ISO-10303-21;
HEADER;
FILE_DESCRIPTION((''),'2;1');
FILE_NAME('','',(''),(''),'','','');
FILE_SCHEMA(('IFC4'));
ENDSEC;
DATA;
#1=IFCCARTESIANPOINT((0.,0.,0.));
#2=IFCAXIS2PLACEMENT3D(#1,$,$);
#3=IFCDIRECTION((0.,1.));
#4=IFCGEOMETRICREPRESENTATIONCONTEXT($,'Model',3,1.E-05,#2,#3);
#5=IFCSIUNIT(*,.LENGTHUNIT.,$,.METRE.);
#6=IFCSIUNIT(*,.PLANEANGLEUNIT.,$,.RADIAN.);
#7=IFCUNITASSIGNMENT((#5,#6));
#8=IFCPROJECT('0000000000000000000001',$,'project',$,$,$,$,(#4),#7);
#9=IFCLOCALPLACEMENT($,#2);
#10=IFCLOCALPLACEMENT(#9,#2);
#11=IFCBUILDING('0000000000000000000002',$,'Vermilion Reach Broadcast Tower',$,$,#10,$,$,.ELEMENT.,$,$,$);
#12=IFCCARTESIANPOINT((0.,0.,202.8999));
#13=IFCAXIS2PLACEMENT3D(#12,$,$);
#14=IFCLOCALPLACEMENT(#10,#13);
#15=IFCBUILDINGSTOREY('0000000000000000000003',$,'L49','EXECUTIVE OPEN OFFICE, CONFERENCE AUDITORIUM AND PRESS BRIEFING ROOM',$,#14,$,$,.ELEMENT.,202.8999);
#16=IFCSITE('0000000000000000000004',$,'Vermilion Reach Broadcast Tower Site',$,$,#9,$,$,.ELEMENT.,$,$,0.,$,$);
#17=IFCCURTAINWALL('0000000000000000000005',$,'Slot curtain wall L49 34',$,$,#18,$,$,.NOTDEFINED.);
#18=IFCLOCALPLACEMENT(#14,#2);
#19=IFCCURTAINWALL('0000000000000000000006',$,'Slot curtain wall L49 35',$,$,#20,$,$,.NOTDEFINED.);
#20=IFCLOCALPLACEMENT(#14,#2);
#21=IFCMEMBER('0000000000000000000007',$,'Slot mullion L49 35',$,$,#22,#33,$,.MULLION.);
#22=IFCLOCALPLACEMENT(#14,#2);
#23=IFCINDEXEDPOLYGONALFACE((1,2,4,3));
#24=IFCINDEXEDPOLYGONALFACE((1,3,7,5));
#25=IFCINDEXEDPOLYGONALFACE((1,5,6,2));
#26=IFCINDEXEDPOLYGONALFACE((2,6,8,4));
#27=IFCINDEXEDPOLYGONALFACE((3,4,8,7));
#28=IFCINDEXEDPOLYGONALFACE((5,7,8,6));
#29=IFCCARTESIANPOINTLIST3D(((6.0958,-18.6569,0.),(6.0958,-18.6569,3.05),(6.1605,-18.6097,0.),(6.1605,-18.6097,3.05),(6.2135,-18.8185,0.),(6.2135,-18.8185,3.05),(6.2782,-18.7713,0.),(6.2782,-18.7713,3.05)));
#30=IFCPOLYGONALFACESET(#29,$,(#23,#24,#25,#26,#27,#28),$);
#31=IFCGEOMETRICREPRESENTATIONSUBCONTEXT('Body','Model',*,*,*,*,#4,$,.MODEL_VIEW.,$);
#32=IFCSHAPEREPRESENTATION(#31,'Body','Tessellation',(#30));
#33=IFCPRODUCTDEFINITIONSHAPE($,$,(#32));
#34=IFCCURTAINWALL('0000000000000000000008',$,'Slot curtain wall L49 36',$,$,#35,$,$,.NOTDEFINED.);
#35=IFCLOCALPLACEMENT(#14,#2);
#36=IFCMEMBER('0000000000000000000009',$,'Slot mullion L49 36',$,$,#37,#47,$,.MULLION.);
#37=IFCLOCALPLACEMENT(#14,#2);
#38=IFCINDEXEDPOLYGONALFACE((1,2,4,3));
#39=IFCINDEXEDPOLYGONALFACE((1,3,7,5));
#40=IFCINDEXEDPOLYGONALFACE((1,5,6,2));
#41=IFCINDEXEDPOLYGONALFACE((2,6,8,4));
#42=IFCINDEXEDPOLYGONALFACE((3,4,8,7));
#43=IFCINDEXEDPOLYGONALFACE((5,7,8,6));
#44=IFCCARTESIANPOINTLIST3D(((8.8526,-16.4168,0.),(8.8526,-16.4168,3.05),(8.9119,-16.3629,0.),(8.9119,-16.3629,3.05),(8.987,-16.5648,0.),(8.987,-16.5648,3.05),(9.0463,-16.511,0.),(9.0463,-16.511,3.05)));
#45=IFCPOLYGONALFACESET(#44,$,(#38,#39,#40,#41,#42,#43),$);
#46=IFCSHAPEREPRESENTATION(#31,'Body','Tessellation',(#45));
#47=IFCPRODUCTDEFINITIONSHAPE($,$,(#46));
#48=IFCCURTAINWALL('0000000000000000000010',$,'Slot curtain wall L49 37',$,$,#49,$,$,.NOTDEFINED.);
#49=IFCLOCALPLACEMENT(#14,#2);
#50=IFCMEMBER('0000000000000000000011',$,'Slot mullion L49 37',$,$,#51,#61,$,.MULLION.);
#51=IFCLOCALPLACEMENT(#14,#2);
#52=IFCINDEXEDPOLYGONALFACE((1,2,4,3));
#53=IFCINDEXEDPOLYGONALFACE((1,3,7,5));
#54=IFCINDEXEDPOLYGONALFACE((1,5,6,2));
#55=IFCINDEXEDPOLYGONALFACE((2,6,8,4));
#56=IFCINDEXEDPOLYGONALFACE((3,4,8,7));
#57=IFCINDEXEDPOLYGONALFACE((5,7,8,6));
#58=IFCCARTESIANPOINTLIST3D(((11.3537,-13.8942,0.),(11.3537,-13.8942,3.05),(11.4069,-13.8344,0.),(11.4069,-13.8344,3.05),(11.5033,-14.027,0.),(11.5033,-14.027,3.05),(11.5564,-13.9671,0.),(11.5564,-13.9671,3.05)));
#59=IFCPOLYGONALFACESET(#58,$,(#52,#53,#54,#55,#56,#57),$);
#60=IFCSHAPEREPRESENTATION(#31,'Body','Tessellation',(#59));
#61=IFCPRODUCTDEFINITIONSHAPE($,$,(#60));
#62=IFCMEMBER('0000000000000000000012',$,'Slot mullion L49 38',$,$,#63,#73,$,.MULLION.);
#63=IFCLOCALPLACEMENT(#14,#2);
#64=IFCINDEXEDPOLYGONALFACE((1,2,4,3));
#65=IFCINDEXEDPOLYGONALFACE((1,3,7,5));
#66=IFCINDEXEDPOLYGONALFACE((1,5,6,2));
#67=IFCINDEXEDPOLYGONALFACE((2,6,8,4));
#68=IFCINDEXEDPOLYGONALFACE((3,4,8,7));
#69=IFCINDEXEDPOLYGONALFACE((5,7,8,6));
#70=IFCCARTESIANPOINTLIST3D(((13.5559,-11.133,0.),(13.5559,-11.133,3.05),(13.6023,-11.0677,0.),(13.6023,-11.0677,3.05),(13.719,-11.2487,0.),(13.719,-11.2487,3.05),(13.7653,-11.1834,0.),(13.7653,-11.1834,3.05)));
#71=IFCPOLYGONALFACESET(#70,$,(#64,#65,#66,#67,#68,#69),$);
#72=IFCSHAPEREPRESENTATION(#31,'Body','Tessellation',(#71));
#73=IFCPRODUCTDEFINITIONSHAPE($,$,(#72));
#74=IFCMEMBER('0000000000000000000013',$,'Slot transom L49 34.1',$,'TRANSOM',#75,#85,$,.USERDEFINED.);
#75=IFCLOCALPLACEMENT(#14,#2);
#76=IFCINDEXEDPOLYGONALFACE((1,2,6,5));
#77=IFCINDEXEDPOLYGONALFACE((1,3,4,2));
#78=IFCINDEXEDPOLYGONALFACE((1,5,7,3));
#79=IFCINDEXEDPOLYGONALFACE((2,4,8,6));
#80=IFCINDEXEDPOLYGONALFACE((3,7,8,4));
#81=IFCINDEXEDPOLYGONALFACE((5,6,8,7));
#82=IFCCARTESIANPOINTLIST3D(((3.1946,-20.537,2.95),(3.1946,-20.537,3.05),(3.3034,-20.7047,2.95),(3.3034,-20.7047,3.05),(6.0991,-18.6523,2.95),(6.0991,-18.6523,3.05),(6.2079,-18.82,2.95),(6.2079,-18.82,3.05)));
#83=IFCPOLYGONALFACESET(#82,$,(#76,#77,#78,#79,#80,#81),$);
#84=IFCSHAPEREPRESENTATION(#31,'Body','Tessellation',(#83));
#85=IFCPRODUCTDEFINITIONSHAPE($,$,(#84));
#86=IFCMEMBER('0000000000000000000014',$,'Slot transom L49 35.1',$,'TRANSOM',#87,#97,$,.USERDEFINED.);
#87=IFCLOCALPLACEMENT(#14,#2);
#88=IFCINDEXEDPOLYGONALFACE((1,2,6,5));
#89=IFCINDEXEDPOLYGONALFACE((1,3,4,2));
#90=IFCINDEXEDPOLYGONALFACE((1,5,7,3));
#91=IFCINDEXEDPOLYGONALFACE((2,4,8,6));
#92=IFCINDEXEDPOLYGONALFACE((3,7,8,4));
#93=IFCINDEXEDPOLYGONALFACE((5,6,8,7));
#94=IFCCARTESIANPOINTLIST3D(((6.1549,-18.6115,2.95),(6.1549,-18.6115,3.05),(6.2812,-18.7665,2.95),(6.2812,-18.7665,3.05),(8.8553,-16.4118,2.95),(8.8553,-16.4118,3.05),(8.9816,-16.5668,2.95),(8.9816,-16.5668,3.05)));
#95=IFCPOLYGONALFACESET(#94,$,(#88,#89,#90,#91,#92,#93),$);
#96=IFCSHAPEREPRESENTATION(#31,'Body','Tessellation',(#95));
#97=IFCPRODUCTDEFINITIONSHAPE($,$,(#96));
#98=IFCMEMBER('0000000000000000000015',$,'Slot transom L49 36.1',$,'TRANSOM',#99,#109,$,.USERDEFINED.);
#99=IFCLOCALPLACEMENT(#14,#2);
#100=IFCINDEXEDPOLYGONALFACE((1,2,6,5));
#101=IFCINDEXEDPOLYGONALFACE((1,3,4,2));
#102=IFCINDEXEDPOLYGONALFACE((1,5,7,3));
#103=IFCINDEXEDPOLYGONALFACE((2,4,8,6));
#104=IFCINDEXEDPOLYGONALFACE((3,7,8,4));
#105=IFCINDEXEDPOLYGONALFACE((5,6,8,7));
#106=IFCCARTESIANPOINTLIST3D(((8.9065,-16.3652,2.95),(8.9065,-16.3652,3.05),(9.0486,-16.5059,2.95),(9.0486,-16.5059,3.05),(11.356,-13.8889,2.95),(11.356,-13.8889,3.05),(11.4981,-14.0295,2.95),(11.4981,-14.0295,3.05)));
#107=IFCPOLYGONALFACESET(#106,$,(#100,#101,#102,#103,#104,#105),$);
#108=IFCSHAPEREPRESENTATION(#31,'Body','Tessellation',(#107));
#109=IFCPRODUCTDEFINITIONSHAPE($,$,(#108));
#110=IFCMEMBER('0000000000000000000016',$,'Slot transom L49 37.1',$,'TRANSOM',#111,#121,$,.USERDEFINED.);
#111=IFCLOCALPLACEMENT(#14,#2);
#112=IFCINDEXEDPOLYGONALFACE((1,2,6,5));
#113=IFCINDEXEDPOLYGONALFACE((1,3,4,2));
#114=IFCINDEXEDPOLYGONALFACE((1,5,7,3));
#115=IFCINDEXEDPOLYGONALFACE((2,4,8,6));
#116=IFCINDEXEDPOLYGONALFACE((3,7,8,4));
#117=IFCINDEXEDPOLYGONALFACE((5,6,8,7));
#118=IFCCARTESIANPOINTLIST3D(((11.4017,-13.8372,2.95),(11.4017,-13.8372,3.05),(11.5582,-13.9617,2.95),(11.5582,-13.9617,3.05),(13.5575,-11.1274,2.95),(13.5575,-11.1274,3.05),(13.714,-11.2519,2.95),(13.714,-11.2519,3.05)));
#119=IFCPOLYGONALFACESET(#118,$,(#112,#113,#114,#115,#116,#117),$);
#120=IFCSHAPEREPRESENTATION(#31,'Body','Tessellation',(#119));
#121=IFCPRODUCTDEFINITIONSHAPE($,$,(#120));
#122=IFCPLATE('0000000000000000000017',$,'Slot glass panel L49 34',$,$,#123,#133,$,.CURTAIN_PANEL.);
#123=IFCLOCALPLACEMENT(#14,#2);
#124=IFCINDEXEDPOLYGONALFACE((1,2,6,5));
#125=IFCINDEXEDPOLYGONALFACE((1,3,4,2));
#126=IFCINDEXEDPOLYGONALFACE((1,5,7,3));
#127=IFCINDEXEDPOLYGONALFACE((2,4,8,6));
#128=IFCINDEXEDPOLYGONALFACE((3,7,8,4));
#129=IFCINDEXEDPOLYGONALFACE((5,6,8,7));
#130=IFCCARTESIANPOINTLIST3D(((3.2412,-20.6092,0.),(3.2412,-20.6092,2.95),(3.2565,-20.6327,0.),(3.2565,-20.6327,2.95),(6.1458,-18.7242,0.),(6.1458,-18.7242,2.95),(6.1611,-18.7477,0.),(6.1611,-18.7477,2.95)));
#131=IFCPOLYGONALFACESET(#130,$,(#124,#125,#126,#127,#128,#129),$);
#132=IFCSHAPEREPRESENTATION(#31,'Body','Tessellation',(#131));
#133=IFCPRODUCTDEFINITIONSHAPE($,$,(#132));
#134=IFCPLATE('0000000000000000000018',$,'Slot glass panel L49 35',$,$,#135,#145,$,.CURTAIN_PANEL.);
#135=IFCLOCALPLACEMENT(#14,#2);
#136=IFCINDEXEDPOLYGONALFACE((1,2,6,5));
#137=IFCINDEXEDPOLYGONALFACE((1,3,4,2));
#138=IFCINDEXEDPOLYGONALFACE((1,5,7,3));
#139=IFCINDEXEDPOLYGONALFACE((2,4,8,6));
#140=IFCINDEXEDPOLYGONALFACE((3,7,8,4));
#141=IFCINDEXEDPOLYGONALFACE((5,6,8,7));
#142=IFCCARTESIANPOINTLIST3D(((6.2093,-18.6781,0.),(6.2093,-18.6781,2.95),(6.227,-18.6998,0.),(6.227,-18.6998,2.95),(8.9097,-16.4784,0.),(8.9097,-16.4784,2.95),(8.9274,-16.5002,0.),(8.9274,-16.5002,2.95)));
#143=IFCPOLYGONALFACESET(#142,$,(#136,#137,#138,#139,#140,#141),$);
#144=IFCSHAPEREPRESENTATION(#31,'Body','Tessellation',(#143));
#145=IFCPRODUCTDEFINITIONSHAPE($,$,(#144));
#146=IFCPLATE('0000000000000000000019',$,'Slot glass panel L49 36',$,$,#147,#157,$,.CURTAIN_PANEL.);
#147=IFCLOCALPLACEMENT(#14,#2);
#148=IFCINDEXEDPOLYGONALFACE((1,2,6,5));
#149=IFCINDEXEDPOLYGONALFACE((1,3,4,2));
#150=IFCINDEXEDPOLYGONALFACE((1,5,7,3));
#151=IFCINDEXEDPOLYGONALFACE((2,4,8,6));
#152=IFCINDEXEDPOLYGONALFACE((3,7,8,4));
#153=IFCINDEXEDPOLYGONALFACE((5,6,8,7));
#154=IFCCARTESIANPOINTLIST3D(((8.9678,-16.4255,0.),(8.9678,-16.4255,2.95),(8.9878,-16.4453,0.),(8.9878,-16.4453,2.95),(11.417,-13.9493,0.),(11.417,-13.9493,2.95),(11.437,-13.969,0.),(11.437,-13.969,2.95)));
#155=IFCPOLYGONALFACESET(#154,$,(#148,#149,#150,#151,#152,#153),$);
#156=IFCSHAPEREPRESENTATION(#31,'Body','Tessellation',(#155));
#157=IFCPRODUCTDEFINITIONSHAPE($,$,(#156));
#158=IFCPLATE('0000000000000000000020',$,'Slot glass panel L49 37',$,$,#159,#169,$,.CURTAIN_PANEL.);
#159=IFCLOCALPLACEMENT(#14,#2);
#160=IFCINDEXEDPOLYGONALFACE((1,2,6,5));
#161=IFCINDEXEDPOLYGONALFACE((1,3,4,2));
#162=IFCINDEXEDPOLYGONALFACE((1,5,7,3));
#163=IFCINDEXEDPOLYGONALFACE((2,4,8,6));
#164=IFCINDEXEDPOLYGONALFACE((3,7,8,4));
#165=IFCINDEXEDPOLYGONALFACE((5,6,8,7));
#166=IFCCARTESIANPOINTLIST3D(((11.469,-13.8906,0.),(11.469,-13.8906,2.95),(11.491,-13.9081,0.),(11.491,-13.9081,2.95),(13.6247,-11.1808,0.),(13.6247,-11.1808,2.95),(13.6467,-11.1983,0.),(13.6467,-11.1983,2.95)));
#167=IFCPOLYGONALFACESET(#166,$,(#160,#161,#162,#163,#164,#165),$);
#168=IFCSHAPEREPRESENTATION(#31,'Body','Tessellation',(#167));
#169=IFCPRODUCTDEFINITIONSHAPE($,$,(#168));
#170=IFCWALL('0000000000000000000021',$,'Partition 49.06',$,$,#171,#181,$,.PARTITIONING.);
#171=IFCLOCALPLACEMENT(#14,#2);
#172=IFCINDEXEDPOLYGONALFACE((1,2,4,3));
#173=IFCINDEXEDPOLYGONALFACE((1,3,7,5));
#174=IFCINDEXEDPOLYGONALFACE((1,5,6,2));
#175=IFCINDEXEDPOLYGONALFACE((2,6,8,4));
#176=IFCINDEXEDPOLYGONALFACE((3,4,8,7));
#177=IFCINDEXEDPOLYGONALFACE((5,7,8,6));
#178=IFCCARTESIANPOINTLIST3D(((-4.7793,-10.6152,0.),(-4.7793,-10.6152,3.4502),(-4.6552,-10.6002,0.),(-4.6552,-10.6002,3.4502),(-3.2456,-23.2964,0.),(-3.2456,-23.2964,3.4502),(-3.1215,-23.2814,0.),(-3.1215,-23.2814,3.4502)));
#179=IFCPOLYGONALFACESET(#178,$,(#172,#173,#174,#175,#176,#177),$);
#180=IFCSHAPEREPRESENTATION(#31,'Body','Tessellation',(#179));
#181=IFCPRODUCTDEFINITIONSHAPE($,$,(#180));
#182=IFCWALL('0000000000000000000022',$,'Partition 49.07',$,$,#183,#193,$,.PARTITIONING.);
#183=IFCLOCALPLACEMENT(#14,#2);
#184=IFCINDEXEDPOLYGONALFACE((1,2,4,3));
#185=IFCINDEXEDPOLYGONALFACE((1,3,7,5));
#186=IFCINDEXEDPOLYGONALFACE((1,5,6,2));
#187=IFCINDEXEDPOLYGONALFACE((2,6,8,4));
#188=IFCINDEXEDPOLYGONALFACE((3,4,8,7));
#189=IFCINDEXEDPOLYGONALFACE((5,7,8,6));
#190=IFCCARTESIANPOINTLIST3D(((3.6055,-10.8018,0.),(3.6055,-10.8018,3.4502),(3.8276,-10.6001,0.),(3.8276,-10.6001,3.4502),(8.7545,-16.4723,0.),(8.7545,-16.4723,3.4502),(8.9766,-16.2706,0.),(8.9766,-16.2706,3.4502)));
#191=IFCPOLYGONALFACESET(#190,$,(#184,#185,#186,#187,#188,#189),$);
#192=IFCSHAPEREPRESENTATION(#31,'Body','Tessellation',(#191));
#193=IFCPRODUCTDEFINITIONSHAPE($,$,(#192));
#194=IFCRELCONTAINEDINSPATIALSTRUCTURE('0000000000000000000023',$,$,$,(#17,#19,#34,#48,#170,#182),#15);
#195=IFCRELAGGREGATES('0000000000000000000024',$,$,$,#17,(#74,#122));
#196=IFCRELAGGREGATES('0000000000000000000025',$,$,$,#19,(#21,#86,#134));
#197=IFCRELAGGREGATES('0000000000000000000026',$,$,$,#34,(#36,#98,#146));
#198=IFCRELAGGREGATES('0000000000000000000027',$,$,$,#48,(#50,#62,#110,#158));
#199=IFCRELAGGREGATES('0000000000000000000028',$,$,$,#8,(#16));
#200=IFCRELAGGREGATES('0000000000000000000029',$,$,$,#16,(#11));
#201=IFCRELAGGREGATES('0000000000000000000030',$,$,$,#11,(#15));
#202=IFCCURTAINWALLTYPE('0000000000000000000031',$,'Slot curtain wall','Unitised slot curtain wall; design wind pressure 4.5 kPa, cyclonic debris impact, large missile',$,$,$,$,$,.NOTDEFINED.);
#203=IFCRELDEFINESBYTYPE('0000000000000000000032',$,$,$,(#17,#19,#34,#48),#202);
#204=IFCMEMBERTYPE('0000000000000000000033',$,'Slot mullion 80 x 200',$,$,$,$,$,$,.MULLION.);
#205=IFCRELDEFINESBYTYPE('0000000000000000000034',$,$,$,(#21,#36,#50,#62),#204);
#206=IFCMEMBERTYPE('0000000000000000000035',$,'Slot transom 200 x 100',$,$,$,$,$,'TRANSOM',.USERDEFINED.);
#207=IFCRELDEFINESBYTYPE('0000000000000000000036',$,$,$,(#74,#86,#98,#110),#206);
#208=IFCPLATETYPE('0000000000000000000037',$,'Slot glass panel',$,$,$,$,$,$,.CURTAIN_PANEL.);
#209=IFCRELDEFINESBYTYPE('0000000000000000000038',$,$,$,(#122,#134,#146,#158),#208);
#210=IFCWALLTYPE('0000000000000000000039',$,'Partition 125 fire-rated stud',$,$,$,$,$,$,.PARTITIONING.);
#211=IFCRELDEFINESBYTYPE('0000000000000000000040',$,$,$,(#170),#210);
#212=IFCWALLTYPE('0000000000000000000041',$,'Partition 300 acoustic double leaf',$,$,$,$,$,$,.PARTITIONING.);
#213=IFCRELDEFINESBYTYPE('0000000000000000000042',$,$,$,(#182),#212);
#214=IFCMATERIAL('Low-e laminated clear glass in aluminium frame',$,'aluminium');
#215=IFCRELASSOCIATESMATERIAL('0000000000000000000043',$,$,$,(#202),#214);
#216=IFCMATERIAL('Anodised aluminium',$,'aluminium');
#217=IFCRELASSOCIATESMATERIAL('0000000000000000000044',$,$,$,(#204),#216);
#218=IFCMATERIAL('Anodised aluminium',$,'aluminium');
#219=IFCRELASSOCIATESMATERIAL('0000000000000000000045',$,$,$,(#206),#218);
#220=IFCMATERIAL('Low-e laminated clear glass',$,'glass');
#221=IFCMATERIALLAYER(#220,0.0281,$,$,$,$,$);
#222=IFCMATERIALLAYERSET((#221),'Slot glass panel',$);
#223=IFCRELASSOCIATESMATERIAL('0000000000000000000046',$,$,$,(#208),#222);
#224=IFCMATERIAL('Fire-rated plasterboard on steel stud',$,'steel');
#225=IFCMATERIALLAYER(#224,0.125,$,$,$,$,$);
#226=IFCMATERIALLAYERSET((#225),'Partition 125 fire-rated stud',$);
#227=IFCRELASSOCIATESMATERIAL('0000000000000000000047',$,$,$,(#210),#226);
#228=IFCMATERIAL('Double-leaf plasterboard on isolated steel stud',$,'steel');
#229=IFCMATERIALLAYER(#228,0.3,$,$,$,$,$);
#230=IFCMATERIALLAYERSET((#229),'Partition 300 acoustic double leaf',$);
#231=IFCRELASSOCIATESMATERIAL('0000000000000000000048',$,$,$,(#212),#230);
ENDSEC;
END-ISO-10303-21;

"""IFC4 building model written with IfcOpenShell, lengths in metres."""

from ifc_helpers import new_model, si_unit, direction, frame, frame_2d, origin, origin_2d, place, context, subcontext, project, spatial, rectangle, extrude, material, layer, layer_set, material_profile, profile_set, type_object, element, aggregate, save


model = new_model("IFC4")

# Units and contexts
model_context = context("Model", 3, precision=1e-05, world=origin(), true_north=direction((0.0, 1.0)))
body_context = subcontext(model_context, "Body", "Model", "MODEL_VIEW")
ifc_project = project(units=[si_unit("LENGTHUNIT", "METRE"), si_unit("PLANEANGLEUNIT", "RADIAN")], contexts=[model_context])

# Site, building, storey
site_placement = place(None, origin())
site = spatial("IfcSite", under=ifc_project, at=site_placement, Name="Vermilion Reach Broadcast Tower Site", CompositionType="ELEMENT", RefElevation=0.0)
building_placement = place(site_placement, origin())
building = spatial("IfcBuilding", under=site, at=building_placement, Name="Vermilion Reach Broadcast Tower", CompositionType="ELEMENT")
storey_placement = place(building_placement, frame((0.0, 0.0, 202.8999)))
storey = spatial("IfcBuildingStorey", under=building, at=storey_placement, Name="L49", Description="EXECUTIVE OPEN OFFICE, CONFERENCE AUDITORIUM AND PRESS BRIEFING ROOM", CompositionType="ELEMENT", Elevation=202.8999)

# Curtain walls, members
ifc_material_1 = material(Name="Low-e laminated clear glass in aluminium frame", Category="aluminium")
curtain_wall_type = type_object("IfcCurtainWallType", Name="Slot curtain wall", Description="Unitised slot curtain wall; design wind pressure 4.5 kPa, cyclonic debris impact, large missile", PredefinedType="NOTDEFINED", material=ifc_material_1)
placement = place(storey_placement, origin())
curtain_wall_1 = element("IfcCurtainWall", 1, at=placement, inside=storey, type_object=curtain_wall_type, Name="Slot curtain wall L49 34", PredefinedType="NOTDEFINED")
ifc_material_2 = material(Name="Anodised aluminium", Category="aluminium")
ifc_material_profile_1 = material_profile(ifc_material_2, rectangle(XDim=0.2, YDim=0.0801, at=origin_2d()), Name="Slot mullion 80 x 200")
ifc_profile_set_1 = profile_set([ifc_material_profile_1], Name="Anodised aluminium")
member_type_1 = type_object("IfcMemberType", Name="Slot mullion 80 x 200", PredefinedType="MULLION", material=ifc_profile_set_1)
curtain_wall_2 = element("IfcCurtainWall", 2, at=placement, inside=storey, type_object=curtain_wall_type, Name="Slot curtain wall L49 35", PredefinedType="NOTDEFINED")
member_1_placement = place(storey_placement, frame((6.187, -18.7141, 0.0), z_axis=(0.0, 0.0, 1.0), x_axis=(-0.588831, 0.808256, 0.0)))
member_1 = element("IfcMember", 3, at=member_1_placement, type_object=member_type_1, Name="Slot mullion L49 35", PredefinedType="MULLION", context=body_context, shape_type="SweptSolid", body=[
    extrude(rectangle(XDim=0.2, YDim=0.0801, at=origin_2d()), origin(), (0.0, 0.0, 1.0), 3.05),
])
curtain_wall_3 = element("IfcCurtainWall", 4, at=placement, inside=storey, type_object=curtain_wall_type, Name="Slot curtain wall L49 36", PredefinedType="NOTDEFINED")
member_2_placement = place(storey_placement, frame((8.9495, -16.4639, 0.0), z_axis=(0.0, 0.0, 1.0), x_axis=(-0.672238, 0.740336, 0.0)))
member_2 = element("IfcMember", 5, at=member_2_placement, type_object=member_type_1, Name="Slot mullion L49 36", PredefinedType="MULLION", context=body_context, shape_type="SweptSolid", body=[
    extrude(rectangle(XDim=0.2, YDim=0.0801, at=origin_2d()), origin(), (0.0, 0.0, 1.0), 3.05),
])

# Curtain wall, members
curtain_wall_4 = element("IfcCurtainWall", 6, at=placement, inside=storey, type_object=curtain_wall_type, Name="Slot curtain wall L49 37", PredefinedType="NOTDEFINED")
member_3_placement = place(storey_placement, frame((11.4551, -13.9307, 0.0), z_axis=(0.0, 0.0, 1.0), x_axis=(-0.747867, 0.663849, 0.0)))
member_3 = element("IfcMember", 7, at=member_3_placement, type_object=member_type_1, Name="Slot mullion L49 37", PredefinedType="MULLION", context=body_context, shape_type="SweptSolid", body=[
    extrude(rectangle(XDim=0.2, YDim=0.0801, at=origin_2d()), origin(), (0.0, 0.0, 1.0), 3.05),
])
member_4_placement = place(storey_placement, frame((13.6606, -11.1582, 0.0), z_axis=(0.0, 0.0, 1.0), x_axis=(-0.815542, 0.578698, 0.0)))
member_4 = element("IfcMember", 8, at=member_4_placement, type_object=member_type_1, Name="Slot mullion L49 38", PredefinedType="MULLION", context=body_context, shape_type="SweptSolid", body=[
    extrude(rectangle(XDim=0.2, YDim=0.0801, at=origin_2d()), origin(), (0.0, 0.0, 1.0), 3.05),
])

# Members
ifc_material_3 = material(Name="Anodised aluminium", Category="aluminium")
ifc_material_profile_2 = material_profile(ifc_material_3, rectangle(XDim=0.2, YDim=0.1001, at=origin_2d()), Name="Slot transom 200 x 100")
ifc_profile_set_2 = profile_set([ifc_material_profile_2], Name="Anodised aluminium")
member_type_2 = type_object("IfcMemberType", Name="Slot transom 200 x 100", ElementType="TRANSOM", PredefinedType="USERDEFINED", material=ifc_profile_set_2)
member_5_placement = place(storey_placement, frame((3.249, -20.6208, 3.0), z_axis=(0.838864, 0.544341, 0.0), x_axis=(-0.544341, 0.838864, 0.0)))
member_5 = element("IfcMember", 9, at=member_5_placement, type_object=member_type_2, Name="Slot transom L49 34.1", ObjectType="TRANSOM", PredefinedType="USERDEFINED", context=body_context, shape_type="SweptSolid", body=[
    extrude(rectangle(XDim=0.2, YDim=0.1001, at=origin_2d()), origin(), (0.0, 0.0, 1.0), 3.4624),
])
member_6_placement = place(storey_placement, frame((6.218, -18.689, 3.0), z_axis=(0.775327, 0.631561, 0.0), x_axis=(-0.631561, 0.775327, 0.0)))
member_6 = element("IfcMember", 10, at=member_6_placement, type_object=member_type_2, Name="Slot transom L49 35.1", ObjectType="TRANSOM", PredefinedType="USERDEFINED", context=body_context, shape_type="SweptSolid", body=[
    extrude(rectangle(XDim=0.2, YDim=0.1001, at=origin_2d()), origin(), (0.0, 0.0, 1.0), 3.4829),
])
member_7_placement = place(storey_placement, frame((8.9775, -16.4355, 3.0), z_axis=(0.703241, 0.710951, 0.0), x_axis=(-0.710951, 0.703241, 0.0)))
member_7 = element("IfcMember", 11, at=member_7_placement, type_object=member_type_2, Name="Slot transom L49 36.1", ObjectType="TRANSOM", PredefinedType="USERDEFINED", context=body_context, shape_type="SweptSolid", body=[
    extrude(rectangle(XDim=0.2, YDim=0.1001, at=origin_2d()), origin(), (0.0, 0.0, 1.0), 3.4832),
])
member_8_placement = place(storey_placement, frame((11.48, -13.8994, 3.0), z_axis=(0.622578, 0.782558, 0.0), x_axis=(-0.782558, 0.622578, 0.0)))
member_8 = element("IfcMember", 12, at=member_8_placement, type_object=member_type_2, Name="Slot transom L49 37.1", ObjectType="TRANSOM", PredefinedType="USERDEFINED", context=body_context, shape_type="SweptSolid", body=[
    extrude(rectangle(XDim=0.2, YDim=0.1001, at=origin_2d()), origin(), (0.0, 0.0, 1.0), 3.4626),
])

# Plates
ifc_material_4 = material(Name="Low-e laminated clear glass", Category="glass")
ifc_layer_1 = layer(ifc_material_4, 0.0281)
ifc_layer_set_1 = layer_set([ifc_layer_1], Name="Slot glass panel")
plate_type = type_object("IfcPlateType", Name="Slot glass panel", PredefinedType="CURTAIN_PANEL", material=ifc_layer_set_1)
plate_1_placement = place(storey_placement, frame((4.7012, -19.6785, 0.0), z_axis=(0.0, 0.0, 1.0), x_axis=(0.838837, 0.544382, 0.0)))
plate_1 = element("IfcPlate", 13, at=plate_1_placement, type_object=plate_type, Name="Slot glass panel L49 34", PredefinedType="CURTAIN_PANEL", context=body_context, shape_type="SweptSolid", body=[
    extrude(rectangle(XDim=3.4626, YDim=0.0281, at=origin_2d()), origin(), (0.0, 0.0, 1.0), 2.95),
])
aggregate(curtain_wall_1, [member_5, plate_1])
plate_2_placement = place(storey_placement, frame((7.5684, -17.5891, 0.0), z_axis=(0.0, 0.0, 1.0), x_axis=(0.775323, 0.631565, 0.0)))
plate_2 = element("IfcPlate", 14, at=plate_2_placement, type_object=plate_type, Name="Slot glass panel L49 35", PredefinedType="CURTAIN_PANEL", context=body_context, shape_type="SweptSolid", body=[
    extrude(rectangle(XDim=3.4829, YDim=0.0281, at=origin_2d()), origin(), (0.0, 0.0, 1.0), 2.95),
])
aggregate(curtain_wall_2, [member_1, member_6, plate_2])
plate_3_placement = place(storey_placement, frame((10.2024, -15.1973, 0.0), z_axis=(0.0, 0.0, 1.0), x_axis=(0.703217, 0.710975, 0.0)))
plate_3 = element("IfcPlate", 15, at=plate_3_placement, type_object=plate_type, Name="Slot glass panel L49 36", PredefinedType="CURTAIN_PANEL", context=body_context, shape_type="SweptSolid", body=[
    extrude(rectangle(XDim=3.4829, YDim=0.0281, at=origin_2d()), origin(), (0.0, 0.0, 1.0), 2.95),
])
aggregate(curtain_wall_3, [member_2, member_7, plate_3])
plate_4_placement = place(storey_placement, frame((12.5579, -12.5444, 0.0), z_axis=(0.0, 0.0, 1.0), x_axis=(0.622548, 0.782581, 0.0)))
plate_4 = element("IfcPlate", 16, at=plate_4_placement, type_object=plate_type, Name="Slot glass panel L49 37", PredefinedType="CURTAIN_PANEL", context=body_context, shape_type="SweptSolid", body=[
    extrude(rectangle(XDim=3.4626, YDim=0.0281, at=origin_2d()), origin(), (0.0, 0.0, 1.0), 2.95),
])
aggregate(curtain_wall_4, [member_3, member_4, member_8, plate_4])

# Walls
ifc_material_5 = material(Name="Fire-rated plasterboard on steel stud", Category="steel")
ifc_layer_2 = layer(ifc_material_5, 0.125)
ifc_layer_set_2 = layer_set([ifc_layer_2], Name="Partition 125 fire-rated stud")
wall_type_1 = type_object("IfcWallType", Name="Partition 125 fire-rated stud", PredefinedType="PARTITIONING", material=ifc_layer_set_2)
wall_1_placement = place(storey_placement, frame((-3.1836, -23.2888, 0.0), z_axis=(0.0, 0.0, 1.0), x_axis=(-0.120065, 0.992766, 0.0)))
element("IfcWall", 17, at=wall_1_placement, inside=storey, type_object=wall_type_1, Name="Partition 49.06", PredefinedType="PARTITIONING", context=body_context, shape_type="SweptSolid", body=[
    extrude(rectangle(XDim=12.7737, YDim=0.125, at=frame_2d((6.3867, 0.0))), origin(), (0.0, 0.0, 1.0), 3.4502),
])
ifc_material_6 = material(Name="Double-leaf plasterboard on isolated steel stud", Category="steel")
ifc_layer_3 = layer(ifc_material_6, 0.3)
ifc_layer_set_3 = layer_set([ifc_layer_3], Name="Partition 300 acoustic double leaf")
wall_type_2 = type_object("IfcWallType", Name="Partition 300 acoustic double leaf", PredefinedType="PARTITIONING", material=ifc_layer_set_3)
wall_2_placement = place(storey_placement, frame((8.8655, -16.3713, 0.0), z_axis=(0.0, 0.0, 1.0), x_axis=(-0.672244, 0.740329, 0.0)))
element("IfcWall", 18, at=wall_2_placement, inside=storey, type_object=wall_type_2, Name="Partition 49.07", PredefinedType="PARTITIONING", context=body_context, shape_type="SweptSolid", body=[
    extrude(rectangle(XDim=7.6594, YDim=0.3, at=frame_2d((3.8296, 0.0))), origin(), (0.0, 0.0, 1.0), 3.4502),
])

save(model, "model.ifc")
